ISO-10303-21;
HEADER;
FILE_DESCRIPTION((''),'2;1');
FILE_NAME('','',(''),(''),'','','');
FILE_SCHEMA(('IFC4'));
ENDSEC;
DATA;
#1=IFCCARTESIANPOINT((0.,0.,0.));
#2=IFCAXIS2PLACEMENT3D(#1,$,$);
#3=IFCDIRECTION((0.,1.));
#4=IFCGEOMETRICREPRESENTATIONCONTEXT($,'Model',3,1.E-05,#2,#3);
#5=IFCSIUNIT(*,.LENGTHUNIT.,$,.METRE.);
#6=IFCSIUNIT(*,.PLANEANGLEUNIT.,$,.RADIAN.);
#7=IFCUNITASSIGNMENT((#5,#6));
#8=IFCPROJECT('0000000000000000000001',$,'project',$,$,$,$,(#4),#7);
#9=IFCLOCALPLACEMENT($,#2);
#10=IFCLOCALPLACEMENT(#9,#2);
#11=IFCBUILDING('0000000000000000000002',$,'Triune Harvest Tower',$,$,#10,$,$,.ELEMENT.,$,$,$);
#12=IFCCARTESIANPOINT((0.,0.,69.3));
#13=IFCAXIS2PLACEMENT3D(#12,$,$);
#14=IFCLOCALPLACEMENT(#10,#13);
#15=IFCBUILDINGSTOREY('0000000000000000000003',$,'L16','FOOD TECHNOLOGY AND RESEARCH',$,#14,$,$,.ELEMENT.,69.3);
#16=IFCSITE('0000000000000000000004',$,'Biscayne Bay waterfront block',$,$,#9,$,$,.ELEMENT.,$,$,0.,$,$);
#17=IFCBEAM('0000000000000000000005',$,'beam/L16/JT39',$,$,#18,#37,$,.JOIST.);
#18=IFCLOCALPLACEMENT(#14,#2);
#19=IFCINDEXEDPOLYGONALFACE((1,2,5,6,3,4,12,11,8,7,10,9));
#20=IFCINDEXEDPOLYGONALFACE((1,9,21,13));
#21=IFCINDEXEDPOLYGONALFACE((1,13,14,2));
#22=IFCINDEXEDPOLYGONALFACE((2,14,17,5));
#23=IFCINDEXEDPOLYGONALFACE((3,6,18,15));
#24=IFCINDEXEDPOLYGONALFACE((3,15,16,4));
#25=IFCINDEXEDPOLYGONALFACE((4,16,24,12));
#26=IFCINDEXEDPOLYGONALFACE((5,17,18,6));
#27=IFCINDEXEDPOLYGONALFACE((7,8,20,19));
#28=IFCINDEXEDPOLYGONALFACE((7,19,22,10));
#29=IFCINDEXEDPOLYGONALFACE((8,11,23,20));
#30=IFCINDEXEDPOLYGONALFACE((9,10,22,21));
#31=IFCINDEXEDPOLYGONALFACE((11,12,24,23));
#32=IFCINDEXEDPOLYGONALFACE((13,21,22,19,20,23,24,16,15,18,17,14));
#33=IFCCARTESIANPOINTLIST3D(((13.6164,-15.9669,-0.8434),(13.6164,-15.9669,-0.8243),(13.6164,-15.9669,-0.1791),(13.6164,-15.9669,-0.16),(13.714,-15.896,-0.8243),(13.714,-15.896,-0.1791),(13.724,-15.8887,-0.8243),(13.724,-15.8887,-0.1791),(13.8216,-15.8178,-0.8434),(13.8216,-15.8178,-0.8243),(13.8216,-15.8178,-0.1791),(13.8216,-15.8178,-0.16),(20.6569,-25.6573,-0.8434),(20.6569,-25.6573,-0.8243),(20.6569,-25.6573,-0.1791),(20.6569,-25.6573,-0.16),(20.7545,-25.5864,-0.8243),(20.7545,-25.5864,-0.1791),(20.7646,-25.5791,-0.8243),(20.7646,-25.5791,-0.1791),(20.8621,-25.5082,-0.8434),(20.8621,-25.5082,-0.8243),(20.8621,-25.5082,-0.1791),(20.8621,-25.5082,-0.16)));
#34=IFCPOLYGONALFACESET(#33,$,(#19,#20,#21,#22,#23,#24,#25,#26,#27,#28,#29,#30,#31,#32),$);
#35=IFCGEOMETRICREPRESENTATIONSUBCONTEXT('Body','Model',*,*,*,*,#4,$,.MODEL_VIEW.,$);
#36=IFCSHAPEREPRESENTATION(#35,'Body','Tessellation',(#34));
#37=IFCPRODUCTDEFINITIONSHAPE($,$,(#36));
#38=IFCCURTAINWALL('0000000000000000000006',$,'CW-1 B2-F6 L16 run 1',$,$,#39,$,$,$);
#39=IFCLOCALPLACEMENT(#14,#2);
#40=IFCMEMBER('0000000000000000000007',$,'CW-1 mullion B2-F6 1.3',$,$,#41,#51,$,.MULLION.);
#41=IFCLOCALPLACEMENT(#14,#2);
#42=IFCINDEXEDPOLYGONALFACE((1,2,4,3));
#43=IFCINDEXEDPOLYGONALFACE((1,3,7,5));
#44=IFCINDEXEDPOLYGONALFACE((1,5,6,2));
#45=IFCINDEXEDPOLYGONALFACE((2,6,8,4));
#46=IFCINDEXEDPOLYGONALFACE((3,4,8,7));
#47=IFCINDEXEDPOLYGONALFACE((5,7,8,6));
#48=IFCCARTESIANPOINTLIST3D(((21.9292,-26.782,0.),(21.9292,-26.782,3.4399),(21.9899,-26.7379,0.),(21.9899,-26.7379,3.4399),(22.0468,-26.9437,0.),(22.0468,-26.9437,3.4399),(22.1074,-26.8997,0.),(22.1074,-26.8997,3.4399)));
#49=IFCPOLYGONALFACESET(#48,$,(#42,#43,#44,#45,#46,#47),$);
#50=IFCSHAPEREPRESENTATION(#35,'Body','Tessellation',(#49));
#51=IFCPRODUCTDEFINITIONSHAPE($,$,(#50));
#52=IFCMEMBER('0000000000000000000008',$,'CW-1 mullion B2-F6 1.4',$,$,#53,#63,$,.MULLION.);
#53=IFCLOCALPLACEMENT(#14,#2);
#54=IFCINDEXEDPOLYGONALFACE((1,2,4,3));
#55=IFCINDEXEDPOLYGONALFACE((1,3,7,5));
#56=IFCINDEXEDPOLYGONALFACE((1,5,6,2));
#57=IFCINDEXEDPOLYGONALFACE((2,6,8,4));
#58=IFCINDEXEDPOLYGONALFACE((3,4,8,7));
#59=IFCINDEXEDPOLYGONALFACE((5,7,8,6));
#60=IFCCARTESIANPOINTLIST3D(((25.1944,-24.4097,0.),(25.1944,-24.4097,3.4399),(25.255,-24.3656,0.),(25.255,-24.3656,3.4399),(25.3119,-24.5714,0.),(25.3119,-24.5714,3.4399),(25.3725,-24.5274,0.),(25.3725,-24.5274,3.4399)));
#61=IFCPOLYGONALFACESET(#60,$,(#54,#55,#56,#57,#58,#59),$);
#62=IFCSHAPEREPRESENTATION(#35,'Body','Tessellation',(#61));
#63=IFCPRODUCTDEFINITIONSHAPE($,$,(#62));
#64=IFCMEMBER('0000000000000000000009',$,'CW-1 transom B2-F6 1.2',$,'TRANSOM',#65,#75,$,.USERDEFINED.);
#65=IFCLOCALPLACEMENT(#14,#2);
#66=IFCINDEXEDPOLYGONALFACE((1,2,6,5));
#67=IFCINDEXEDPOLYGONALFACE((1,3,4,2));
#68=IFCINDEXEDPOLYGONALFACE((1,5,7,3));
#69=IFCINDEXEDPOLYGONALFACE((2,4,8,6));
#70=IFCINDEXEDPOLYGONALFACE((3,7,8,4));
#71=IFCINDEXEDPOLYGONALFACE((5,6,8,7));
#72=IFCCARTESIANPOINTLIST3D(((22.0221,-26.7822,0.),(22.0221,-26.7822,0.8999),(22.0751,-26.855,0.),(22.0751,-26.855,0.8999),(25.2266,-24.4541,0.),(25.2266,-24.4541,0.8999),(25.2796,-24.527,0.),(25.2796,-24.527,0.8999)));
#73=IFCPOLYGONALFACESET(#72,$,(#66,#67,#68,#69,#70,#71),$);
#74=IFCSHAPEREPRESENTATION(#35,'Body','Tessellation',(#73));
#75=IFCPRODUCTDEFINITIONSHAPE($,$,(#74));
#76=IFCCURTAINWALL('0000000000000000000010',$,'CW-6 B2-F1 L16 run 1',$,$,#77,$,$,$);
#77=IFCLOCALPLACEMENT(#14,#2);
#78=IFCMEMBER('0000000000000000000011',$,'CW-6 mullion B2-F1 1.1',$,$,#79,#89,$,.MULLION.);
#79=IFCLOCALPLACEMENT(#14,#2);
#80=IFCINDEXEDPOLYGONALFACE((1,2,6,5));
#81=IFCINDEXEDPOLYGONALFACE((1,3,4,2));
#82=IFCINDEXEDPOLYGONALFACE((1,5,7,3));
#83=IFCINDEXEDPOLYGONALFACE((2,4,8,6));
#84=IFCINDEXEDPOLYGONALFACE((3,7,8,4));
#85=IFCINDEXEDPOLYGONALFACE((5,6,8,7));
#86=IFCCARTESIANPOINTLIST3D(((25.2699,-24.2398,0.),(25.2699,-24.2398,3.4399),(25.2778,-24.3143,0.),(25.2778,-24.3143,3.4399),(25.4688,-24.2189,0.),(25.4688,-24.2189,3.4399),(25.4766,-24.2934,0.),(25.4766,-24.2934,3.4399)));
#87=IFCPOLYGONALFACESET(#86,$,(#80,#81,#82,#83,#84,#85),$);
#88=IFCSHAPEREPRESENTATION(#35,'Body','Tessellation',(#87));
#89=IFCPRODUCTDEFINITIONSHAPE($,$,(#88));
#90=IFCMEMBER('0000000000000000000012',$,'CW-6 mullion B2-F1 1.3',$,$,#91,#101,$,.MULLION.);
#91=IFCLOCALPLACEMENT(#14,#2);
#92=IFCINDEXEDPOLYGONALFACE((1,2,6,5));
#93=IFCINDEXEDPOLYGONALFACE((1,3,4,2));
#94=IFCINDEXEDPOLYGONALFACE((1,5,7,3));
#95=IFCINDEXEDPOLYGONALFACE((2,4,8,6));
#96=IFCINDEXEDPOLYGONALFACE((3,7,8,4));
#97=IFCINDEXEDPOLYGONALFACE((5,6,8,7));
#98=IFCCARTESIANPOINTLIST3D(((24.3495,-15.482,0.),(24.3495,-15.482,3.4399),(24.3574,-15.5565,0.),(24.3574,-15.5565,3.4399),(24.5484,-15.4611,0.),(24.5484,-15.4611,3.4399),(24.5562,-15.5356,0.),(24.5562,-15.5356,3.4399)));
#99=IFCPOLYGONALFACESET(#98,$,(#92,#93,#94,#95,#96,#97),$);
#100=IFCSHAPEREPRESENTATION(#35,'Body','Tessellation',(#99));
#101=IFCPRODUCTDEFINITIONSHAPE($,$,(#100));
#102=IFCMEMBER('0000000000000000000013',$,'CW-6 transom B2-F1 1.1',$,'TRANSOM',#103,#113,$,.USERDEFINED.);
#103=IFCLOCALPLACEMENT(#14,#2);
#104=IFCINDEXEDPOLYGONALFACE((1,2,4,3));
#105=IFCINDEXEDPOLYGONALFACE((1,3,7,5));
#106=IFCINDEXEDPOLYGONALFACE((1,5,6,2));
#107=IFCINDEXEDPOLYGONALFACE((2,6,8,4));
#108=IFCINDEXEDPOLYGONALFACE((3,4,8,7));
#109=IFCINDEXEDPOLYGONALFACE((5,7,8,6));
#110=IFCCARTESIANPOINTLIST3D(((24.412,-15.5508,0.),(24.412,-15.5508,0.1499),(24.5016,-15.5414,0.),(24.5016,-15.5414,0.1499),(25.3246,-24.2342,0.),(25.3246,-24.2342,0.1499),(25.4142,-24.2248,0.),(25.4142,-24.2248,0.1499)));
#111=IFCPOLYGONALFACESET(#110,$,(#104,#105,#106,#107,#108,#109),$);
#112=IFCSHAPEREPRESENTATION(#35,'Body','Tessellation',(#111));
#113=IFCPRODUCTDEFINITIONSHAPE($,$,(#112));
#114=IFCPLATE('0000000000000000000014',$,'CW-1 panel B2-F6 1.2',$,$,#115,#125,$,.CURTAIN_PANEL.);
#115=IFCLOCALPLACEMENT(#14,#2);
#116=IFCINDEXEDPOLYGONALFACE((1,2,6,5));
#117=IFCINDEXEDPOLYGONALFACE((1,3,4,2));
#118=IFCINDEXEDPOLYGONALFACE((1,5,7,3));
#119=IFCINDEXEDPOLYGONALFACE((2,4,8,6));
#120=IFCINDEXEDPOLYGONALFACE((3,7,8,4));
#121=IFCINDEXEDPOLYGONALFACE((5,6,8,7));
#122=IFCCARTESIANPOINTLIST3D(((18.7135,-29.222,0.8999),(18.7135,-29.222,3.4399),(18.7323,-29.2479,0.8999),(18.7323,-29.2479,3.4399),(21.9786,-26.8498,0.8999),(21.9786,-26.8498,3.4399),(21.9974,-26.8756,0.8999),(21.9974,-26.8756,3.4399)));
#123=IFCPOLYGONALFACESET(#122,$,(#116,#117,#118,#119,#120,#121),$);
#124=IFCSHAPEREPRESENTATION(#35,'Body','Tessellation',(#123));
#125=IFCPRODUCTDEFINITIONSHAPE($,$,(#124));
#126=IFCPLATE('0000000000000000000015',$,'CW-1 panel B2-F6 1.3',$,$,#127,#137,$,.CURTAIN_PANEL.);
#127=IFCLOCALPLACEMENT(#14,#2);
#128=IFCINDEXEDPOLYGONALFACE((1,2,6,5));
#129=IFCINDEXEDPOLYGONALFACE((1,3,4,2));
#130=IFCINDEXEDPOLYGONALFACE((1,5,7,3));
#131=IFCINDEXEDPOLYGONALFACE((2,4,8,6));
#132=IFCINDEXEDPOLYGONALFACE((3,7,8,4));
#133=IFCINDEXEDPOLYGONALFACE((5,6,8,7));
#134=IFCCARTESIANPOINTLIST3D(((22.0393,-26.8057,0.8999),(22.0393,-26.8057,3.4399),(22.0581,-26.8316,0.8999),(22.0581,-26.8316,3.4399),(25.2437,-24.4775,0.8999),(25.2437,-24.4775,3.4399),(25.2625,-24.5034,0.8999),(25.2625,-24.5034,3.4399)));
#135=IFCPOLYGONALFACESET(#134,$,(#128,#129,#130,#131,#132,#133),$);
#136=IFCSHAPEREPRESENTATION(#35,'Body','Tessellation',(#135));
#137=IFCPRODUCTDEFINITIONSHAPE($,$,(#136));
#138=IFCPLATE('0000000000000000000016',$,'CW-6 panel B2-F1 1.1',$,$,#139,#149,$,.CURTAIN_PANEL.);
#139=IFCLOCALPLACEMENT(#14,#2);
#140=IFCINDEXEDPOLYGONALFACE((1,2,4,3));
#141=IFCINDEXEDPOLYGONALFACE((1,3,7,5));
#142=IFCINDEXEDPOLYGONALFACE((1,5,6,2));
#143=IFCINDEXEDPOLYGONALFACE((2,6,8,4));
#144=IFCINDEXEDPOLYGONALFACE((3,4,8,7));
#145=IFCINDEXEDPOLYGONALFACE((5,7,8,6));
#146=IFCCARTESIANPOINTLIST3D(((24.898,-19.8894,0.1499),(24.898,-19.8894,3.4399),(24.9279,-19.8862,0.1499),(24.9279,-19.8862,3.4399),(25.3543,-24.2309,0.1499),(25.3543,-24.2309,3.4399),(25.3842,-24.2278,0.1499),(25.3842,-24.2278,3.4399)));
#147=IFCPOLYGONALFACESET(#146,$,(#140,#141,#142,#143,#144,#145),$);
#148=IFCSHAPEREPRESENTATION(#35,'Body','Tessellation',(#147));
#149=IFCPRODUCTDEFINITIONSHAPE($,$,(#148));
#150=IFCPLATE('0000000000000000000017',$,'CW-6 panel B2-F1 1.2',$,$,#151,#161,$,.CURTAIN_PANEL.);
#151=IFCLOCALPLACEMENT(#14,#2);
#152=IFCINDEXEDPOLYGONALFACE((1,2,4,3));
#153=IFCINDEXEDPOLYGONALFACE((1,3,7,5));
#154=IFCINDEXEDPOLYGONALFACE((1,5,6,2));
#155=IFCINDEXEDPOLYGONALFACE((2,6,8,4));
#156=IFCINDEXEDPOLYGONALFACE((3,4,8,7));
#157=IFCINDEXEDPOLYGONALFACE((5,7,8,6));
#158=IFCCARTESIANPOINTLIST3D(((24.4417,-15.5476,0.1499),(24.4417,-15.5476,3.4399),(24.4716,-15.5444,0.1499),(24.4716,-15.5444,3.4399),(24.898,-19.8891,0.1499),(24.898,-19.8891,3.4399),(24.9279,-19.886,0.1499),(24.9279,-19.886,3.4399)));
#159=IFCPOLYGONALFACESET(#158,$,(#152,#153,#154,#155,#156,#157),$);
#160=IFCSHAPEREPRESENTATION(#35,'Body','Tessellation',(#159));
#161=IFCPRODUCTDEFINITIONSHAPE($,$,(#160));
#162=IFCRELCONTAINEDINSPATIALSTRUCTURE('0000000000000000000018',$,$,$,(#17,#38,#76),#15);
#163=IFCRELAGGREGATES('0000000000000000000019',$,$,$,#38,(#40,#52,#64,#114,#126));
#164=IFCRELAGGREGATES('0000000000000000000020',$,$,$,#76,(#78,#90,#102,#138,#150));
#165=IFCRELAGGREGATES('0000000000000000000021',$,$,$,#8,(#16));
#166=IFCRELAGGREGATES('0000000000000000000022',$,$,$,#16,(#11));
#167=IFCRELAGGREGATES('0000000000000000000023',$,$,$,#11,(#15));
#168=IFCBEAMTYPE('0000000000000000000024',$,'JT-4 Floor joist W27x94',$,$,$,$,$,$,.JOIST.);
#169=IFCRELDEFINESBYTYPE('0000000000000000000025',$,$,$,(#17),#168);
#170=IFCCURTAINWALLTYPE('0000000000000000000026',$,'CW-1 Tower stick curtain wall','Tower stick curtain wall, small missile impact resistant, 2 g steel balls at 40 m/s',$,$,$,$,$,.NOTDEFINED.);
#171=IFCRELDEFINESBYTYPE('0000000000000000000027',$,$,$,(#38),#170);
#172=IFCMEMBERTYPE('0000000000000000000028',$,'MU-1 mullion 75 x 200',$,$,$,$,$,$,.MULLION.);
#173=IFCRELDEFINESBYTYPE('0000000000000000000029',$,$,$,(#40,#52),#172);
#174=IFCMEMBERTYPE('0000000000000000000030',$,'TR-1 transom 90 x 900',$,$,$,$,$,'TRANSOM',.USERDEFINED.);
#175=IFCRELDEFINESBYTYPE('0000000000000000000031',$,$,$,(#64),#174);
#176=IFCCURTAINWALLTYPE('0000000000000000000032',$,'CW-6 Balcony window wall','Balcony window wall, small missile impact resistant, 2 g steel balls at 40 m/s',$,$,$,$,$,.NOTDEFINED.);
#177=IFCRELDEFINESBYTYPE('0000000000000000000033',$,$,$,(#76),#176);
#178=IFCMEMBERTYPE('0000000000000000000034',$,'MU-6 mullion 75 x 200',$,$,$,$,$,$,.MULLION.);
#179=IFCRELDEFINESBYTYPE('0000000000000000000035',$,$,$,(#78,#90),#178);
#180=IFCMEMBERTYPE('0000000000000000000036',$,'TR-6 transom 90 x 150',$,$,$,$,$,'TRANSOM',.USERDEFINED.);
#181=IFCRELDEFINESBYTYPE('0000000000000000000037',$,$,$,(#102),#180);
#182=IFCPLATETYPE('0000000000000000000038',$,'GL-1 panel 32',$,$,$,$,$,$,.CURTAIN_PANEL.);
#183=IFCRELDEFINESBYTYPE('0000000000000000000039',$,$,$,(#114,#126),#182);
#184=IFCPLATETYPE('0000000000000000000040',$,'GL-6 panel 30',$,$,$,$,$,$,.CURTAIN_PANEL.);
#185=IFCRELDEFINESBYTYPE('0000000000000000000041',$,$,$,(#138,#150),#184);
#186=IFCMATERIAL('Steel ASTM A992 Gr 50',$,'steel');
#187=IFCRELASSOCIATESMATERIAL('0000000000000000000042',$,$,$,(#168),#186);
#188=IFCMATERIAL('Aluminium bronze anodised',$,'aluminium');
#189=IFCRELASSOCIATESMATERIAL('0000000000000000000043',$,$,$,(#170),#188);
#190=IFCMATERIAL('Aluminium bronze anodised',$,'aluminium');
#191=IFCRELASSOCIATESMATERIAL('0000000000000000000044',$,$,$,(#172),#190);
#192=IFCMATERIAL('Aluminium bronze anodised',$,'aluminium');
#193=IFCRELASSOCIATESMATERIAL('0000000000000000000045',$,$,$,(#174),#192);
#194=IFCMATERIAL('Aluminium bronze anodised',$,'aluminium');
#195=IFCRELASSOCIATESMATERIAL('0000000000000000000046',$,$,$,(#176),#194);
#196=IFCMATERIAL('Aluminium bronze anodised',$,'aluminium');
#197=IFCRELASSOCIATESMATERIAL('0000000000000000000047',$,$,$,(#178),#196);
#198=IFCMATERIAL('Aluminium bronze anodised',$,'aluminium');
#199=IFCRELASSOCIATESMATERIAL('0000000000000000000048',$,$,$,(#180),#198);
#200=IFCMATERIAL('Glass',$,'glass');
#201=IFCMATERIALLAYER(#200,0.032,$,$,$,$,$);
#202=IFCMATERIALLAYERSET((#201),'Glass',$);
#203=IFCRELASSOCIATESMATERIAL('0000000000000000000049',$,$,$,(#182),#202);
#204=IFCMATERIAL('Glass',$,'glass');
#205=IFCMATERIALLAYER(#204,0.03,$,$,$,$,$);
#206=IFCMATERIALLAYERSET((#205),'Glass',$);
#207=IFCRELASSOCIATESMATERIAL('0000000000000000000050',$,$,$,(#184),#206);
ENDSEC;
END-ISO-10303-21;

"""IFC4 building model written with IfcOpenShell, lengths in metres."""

from ifc_helpers import new_model, si_unit, direction, frame, origin, origin_2d, place, context, subcontext, project, spatial, rectangle, i_section, extrude, source, transform, mapped, material, layer, layer_set, material_profile, profile_set, type_object, element, aggregate, save


model = new_model("IFC4")

# Units and contexts
model_context = context("Model", 3, precision=1e-05, world=origin(), true_north=direction((0.0, 1.0)))
body_context = subcontext(model_context, "Body", "Model", "MODEL_VIEW")
ifc_project = project(units=[si_unit("LENGTHUNIT", "METRE"), si_unit("PLANEANGLEUNIT", "RADIAN")], contexts=[model_context])

# Site, building, storey
site_placement = place(None, origin())
site = spatial("IfcSite", under=ifc_project, at=site_placement, Name="Biscayne Bay waterfront block", CompositionType="ELEMENT", RefElevation=0.0)
building_placement = place(site_placement, origin())
building = spatial("IfcBuilding", under=site, at=building_placement, Name="Triune Harvest Tower", CompositionType="ELEMENT")
storey_placement = place(building_placement, frame((0.0, 0.0, 69.3)))
storey = spatial("IfcBuildingStorey", under=building, at=storey_placement, Name="L16", Description="FOOD TECHNOLOGY AND RESEARCH", CompositionType="ELEMENT", Elevation=69.3)

# Beam
ifc_material_1 = material(Name="Steel ASTM A992 Gr 50", Category="steel")
ifc_material_profile_1 = material_profile(ifc_material_1, i_section(OverallWidth=0.2537, OverallDepth=0.6833, WebThickness=0.0125, FlangeThickness=0.019, at=origin_2d()), Name="W27x94")
ifc_profile_set_1 = profile_set([ifc_material_profile_1], Name="Steel ASTM A992 Gr 50")
beam_type_1 = type_object("IfcBeamType", Name="JT-4 Floor joist W27x94", PredefinedType="JOIST", material=ifc_profile_set_1)
shared_shape_1 = source(origin(), body_context, "Body", "SweptSolid", [
    extrude(i_section(OverallWidth=0.2537, OverallDepth=0.6833, WebThickness=0.0125, FlangeThickness=0.019, at=origin_2d()), origin(), (0.0, 0.0, 1.0), 11.978),
])
beam_1_placement = place(storey_placement, frame((20.7595, -25.5828, -0.5017), z_axis=(-0.587786, 0.809016, 0.0), x_axis=(-0.809016, -0.587786, 0.0)))
element("IfcBeam", 1, at=beam_1_placement, inside=storey, type_object=beam_type_1, Name="beam/L16/JT39", PredefinedType="JOIST", context=body_context, shape_type="MappedRepresentation", body=[
    mapped(shared_shape_1, transform((0.0, 0.0, 0.0), scale=1.0)),
])

# Curtain walls, members
ifc_material_2 = material(Name="Aluminium bronze anodised", Category="aluminium")
curtain_wall_type_1 = type_object("IfcCurtainWallType", Name="CW-1 Tower stick curtain wall", Description="Tower stick curtain wall, small missile impact resistant, 2 g steel balls at 40 m/s", PredefinedType="NOTDEFINED", material=ifc_material_2)
curtain_wall_1_placement = place(storey_placement, origin())
curtain_wall_1 = element("IfcCurtainWall", 2, at=curtain_wall_1_placement, inside=storey, type_object=curtain_wall_type_1, Name="CW-1 B2-F6 L16 run 1")
ifc_material_3 = material(Name="Aluminium bronze anodised", Category="aluminium")
ifc_material_profile_2 = material_profile(ifc_material_3, rectangle(XDim=0.2, YDim=0.075, at=origin_2d()), Name="MU-1 mullion 75 x 200")
ifc_profile_set_2 = profile_set([ifc_material_profile_2], Name="Aluminium bronze anodised")
member_type_1 = type_object("IfcMemberType", Name="MU-1 mullion 75 x 200", PredefinedType="MULLION", material=ifc_profile_set_2)
shared_shape_2 = source(origin(), body_context, "Body", "SweptSolid", [
    extrude(rectangle(XDim=0.2, YDim=0.075, at=origin_2d()), origin(), (0.0, 0.0, 1.0), 3.4399),
])
member_1_placement = place(storey_placement, frame((22.0183, -26.8408, 0.0), z_axis=(0.0, 0.0, 1.0), x_axis=(-0.58779, 0.809013, 0.0)))
member_1 = element("IfcMember", 3, at=member_1_placement, type_object=member_type_1, Name="CW-1 mullion B2-F6 1.3", PredefinedType="MULLION", context=body_context, shape_type="MappedRepresentation", body=[
    mapped(shared_shape_2, transform((0.0, 0.0, 0.0), scale=1.0)),
])
member_2_placement = place(storey_placement, frame((25.2834, -24.4685, 0.0), z_axis=(0.0, 0.0, 1.0), x_axis=(-0.58779, 0.809013, 0.0)))
member_2 = element("IfcMember", 4, at=member_2_placement, type_object=member_type_1, Name="CW-1 mullion B2-F6 1.4", PredefinedType="MULLION", context=body_context, shape_type="MappedRepresentation", body=[
    mapped(shared_shape_2, transform((0.0, 0.0, 0.0), scale=1.0)),
])
ifc_material_4 = material(Name="Aluminium bronze anodised", Category="aluminium")
ifc_material_profile_3 = material_profile(ifc_material_4, rectangle(XDim=0.0901, YDim=0.8999, at=origin_2d()), Name="TR-1 transom 90 x 900")
ifc_profile_set_3 = profile_set([ifc_material_profile_3], Name="Aluminium bronze anodised")
member_type_2 = type_object("IfcMemberType", Name="TR-1 transom 90 x 900", ElementType="TRANSOM", PredefinedType="USERDEFINED", material=ifc_profile_set_3)
shared_shape_3 = source(origin(), body_context, "Body", "SweptSolid", [
    extrude(rectangle(XDim=0.0901, YDim=0.8999, at=origin_2d()), origin(), (0.0, 0.0, 1.0), 3.9609),
])
member_3_placement = place(storey_placement, frame((22.0486, -26.8186, 0.45), z_axis=(0.809034, 0.587761, 0.0), x_axis=(-0.587761, 0.809034, 0.0)))
member_3 = element("IfcMember", 5, at=member_3_placement, type_object=member_type_2, Name="CW-1 transom B2-F6 1.2", ObjectType="TRANSOM", PredefinedType="USERDEFINED", context=body_context, shape_type="MappedRepresentation", body=[
    mapped(shared_shape_3, transform((0.0, 0.0, 0.0), scale=1.0)),
])
ifc_material_5 = material(Name="Aluminium bronze anodised", Category="aluminium")
curtain_wall_type_2 = type_object("IfcCurtainWallType", Name="CW-6 Balcony window wall", Description="Balcony window wall, small missile impact resistant, 2 g steel balls at 40 m/s", PredefinedType="NOTDEFINED", material=ifc_material_5)
curtain_wall_2_placement = place(storey_placement, origin())
curtain_wall_2 = element("IfcCurtainWall", 6, at=curtain_wall_2_placement, inside=storey, type_object=curtain_wall_type_2, Name="CW-6 B2-F1 L16 run 1")
ifc_material_6 = material(Name="Aluminium bronze anodised", Category="aluminium")
ifc_material_profile_4 = material_profile(ifc_material_6, rectangle(XDim=0.2, YDim=0.075, at=origin_2d()), Name="MU-6 mullion 75 x 200")
ifc_profile_set_4 = profile_set([ifc_material_profile_4], Name="Aluminium bronze anodised")
member_type_3 = type_object("IfcMemberType", Name="MU-6 mullion 75 x 200", PredefinedType="MULLION", material=ifc_profile_set_4)
shared_shape_4 = source(origin(), body_context, "Body", "SweptSolid", [
    extrude(rectangle(XDim=0.2, YDim=0.075, at=origin_2d()), origin(), (0.0, 0.0, 1.0), 3.4399),
])
member_4_placement = place(storey_placement, frame((25.3733, -24.2666, 0.0), z_axis=(0.0, 0.0, 1.0), x_axis=(-0.994522, -0.104528, 0.0)))
member_4 = element("IfcMember", 7, at=member_4_placement, type_object=member_type_3, Name="CW-6 mullion B2-F1 1.1", PredefinedType="MULLION", context=body_context, shape_type="MappedRepresentation", body=[
    mapped(shared_shape_4, transform((0.0, 0.0, 0.0), scale=1.0)),
])
member_5_placement = place(storey_placement, frame((24.4529, -15.5088, 0.0), z_axis=(0.0, 0.0, 1.0), x_axis=(-0.994522, -0.104528, 0.0)))
member_5 = element("IfcMember", 8, at=member_5_placement, type_object=member_type_3, Name="CW-6 mullion B2-F1 1.3", PredefinedType="MULLION", context=body_context, shape_type="MappedRepresentation", body=[
    mapped(shared_shape_4, transform((0.0, 0.0, 0.0), scale=1.0)),
])
ifc_material_7 = material(Name="Aluminium bronze anodised", Category="aluminium")
ifc_material_profile_5 = material_profile(ifc_material_7, rectangle(XDim=0.0901, YDim=0.1499, at=origin_2d()), Name="TR-6 transom 90 x 150")
ifc_profile_set_5 = profile_set([ifc_material_profile_5], Name="Aluminium bronze anodised")
member_type_4 = type_object("IfcMemberType", Name="TR-6 transom 90 x 150", ElementType="TRANSOM", PredefinedType="USERDEFINED", material=ifc_profile_set_5)
shared_shape_5 = source(origin(), body_context, "Body", "SweptSolid", [
    extrude(rectangle(XDim=0.0901, YDim=0.1499, at=origin_2d()), origin(), (0.0, 0.0, 1.0), 8.7312),
])
member_6_placement = place(storey_placement, frame((25.3694, -24.2295, 0.075), z_axis=(-0.104522, 0.994523, 0.0), x_axis=(-0.994523, -0.104522, 0.0)))
member_6 = element("IfcMember", 9, at=member_6_placement, type_object=member_type_4, Name="CW-6 transom B2-F1 1.1", ObjectType="TRANSOM", PredefinedType="USERDEFINED", context=body_context, shape_type="MappedRepresentation", body=[
    mapped(shared_shape_5, transform((0.0, 0.0, 0.0), scale=1.0)),
])

# Plates
ifc_material_8 = material(Name="Glass", Category="glass")
ifc_layer_1 = layer(ifc_material_8, 0.032)
ifc_layer_set_1 = layer_set([ifc_layer_1], Name="Glass")
plate_type_1 = type_object("IfcPlateType", Name="GL-1 panel 32", PredefinedType="CURTAIN_PANEL", material=ifc_layer_set_1)
shared_shape_6 = source(origin(), body_context, "Body", "SweptSolid", [
    extrude(rectangle(XDim=4.0359, YDim=0.032, at=origin_2d()), origin(), (0.0, 0.0, 1.0), 2.54),
])
plate_1_placement = place(storey_placement, frame((20.3555, -28.0488, 0.8999), z_axis=(0.0, 0.0, 1.0), x_axis=(0.809013, 0.58779, 0.0)))
plate_1 = element("IfcPlate", 10, at=plate_1_placement, type_object=plate_type_1, Name="CW-1 panel B2-F6 1.2", PredefinedType="CURTAIN_PANEL", context=body_context, shape_type="MappedRepresentation", body=[
    mapped(shared_shape_6, transform((0.0, 0.0, 0.0), scale=1.0)),
])
shared_shape_7 = source(origin(), body_context, "Body", "SweptSolid", [
    extrude(rectangle(XDim=3.9609, YDim=0.032, at=origin_2d()), origin(), (0.0, 0.0, 1.0), 2.54),
])
plate_2_placement = place(storey_placement, frame((23.6509, -25.6545, 0.8999), z_axis=(0.0, 0.0, 1.0), x_axis=(0.809013, 0.58779, 0.0)))
plate_2 = element("IfcPlate", 11, at=plate_2_placement, type_object=plate_type_1, Name="CW-1 panel B2-F6 1.3", PredefinedType="CURTAIN_PANEL", context=body_context, shape_type="MappedRepresentation", body=[
    mapped(shared_shape_7, transform((0.0, 0.0, 0.0), scale=1.0)),
])
aggregate(curtain_wall_1, [member_1, member_2, member_3, plate_1, plate_2])
ifc_material_9 = material(Name="Glass", Category="glass")
ifc_layer_2 = layer(ifc_material_9, 0.03)
ifc_layer_set_2 = layer_set([ifc_layer_2], Name="Glass")
plate_type_2 = type_object("IfcPlateType", Name="GL-6 panel 30", PredefinedType="CURTAIN_PANEL", material=ifc_layer_set_2)
shared_shape_8 = source(origin(), body_context, "Body", "SweptSolid", [
    extrude(rectangle(XDim=4.3655, YDim=0.03, at=origin_2d()), origin(), (0.0, 0.0, 1.0), 3.29),
])
plate_3_placement = place(storey_placement, frame((25.1411, -22.0586, 0.1499), z_axis=(0.0, 0.0, 1.0), x_axis=(-0.104528, 0.994522, 0.0)))
plate_3 = element("IfcPlate", 12, at=plate_3_placement, type_object=plate_type_2, Name="CW-6 panel B2-F1 1.1", PredefinedType="CURTAIN_PANEL", context=body_context, shape_type="MappedRepresentation", body=[
    mapped(shared_shape_8, transform((0.0, 0.0, 0.0), scale=1.0)),
])
plate_4_placement = place(storey_placement, frame((24.6848, -17.7168, 0.1499), z_axis=(0.0, 0.0, 1.0), x_axis=(-0.104528, 0.994522, 0.0)))
plate_4 = element("IfcPlate", 13, at=plate_4_placement, type_object=plate_type_2, Name="CW-6 panel B2-F1 1.2", PredefinedType="CURTAIN_PANEL", context=body_context, shape_type="MappedRepresentation", body=[
    mapped(shared_shape_8, transform((0.0, 0.0, 0.0), scale=1.0)),
])
aggregate(curtain_wall_2, [member_4, member_5, member_6, plate_3, plate_4])

save(model, "model.ifc")
